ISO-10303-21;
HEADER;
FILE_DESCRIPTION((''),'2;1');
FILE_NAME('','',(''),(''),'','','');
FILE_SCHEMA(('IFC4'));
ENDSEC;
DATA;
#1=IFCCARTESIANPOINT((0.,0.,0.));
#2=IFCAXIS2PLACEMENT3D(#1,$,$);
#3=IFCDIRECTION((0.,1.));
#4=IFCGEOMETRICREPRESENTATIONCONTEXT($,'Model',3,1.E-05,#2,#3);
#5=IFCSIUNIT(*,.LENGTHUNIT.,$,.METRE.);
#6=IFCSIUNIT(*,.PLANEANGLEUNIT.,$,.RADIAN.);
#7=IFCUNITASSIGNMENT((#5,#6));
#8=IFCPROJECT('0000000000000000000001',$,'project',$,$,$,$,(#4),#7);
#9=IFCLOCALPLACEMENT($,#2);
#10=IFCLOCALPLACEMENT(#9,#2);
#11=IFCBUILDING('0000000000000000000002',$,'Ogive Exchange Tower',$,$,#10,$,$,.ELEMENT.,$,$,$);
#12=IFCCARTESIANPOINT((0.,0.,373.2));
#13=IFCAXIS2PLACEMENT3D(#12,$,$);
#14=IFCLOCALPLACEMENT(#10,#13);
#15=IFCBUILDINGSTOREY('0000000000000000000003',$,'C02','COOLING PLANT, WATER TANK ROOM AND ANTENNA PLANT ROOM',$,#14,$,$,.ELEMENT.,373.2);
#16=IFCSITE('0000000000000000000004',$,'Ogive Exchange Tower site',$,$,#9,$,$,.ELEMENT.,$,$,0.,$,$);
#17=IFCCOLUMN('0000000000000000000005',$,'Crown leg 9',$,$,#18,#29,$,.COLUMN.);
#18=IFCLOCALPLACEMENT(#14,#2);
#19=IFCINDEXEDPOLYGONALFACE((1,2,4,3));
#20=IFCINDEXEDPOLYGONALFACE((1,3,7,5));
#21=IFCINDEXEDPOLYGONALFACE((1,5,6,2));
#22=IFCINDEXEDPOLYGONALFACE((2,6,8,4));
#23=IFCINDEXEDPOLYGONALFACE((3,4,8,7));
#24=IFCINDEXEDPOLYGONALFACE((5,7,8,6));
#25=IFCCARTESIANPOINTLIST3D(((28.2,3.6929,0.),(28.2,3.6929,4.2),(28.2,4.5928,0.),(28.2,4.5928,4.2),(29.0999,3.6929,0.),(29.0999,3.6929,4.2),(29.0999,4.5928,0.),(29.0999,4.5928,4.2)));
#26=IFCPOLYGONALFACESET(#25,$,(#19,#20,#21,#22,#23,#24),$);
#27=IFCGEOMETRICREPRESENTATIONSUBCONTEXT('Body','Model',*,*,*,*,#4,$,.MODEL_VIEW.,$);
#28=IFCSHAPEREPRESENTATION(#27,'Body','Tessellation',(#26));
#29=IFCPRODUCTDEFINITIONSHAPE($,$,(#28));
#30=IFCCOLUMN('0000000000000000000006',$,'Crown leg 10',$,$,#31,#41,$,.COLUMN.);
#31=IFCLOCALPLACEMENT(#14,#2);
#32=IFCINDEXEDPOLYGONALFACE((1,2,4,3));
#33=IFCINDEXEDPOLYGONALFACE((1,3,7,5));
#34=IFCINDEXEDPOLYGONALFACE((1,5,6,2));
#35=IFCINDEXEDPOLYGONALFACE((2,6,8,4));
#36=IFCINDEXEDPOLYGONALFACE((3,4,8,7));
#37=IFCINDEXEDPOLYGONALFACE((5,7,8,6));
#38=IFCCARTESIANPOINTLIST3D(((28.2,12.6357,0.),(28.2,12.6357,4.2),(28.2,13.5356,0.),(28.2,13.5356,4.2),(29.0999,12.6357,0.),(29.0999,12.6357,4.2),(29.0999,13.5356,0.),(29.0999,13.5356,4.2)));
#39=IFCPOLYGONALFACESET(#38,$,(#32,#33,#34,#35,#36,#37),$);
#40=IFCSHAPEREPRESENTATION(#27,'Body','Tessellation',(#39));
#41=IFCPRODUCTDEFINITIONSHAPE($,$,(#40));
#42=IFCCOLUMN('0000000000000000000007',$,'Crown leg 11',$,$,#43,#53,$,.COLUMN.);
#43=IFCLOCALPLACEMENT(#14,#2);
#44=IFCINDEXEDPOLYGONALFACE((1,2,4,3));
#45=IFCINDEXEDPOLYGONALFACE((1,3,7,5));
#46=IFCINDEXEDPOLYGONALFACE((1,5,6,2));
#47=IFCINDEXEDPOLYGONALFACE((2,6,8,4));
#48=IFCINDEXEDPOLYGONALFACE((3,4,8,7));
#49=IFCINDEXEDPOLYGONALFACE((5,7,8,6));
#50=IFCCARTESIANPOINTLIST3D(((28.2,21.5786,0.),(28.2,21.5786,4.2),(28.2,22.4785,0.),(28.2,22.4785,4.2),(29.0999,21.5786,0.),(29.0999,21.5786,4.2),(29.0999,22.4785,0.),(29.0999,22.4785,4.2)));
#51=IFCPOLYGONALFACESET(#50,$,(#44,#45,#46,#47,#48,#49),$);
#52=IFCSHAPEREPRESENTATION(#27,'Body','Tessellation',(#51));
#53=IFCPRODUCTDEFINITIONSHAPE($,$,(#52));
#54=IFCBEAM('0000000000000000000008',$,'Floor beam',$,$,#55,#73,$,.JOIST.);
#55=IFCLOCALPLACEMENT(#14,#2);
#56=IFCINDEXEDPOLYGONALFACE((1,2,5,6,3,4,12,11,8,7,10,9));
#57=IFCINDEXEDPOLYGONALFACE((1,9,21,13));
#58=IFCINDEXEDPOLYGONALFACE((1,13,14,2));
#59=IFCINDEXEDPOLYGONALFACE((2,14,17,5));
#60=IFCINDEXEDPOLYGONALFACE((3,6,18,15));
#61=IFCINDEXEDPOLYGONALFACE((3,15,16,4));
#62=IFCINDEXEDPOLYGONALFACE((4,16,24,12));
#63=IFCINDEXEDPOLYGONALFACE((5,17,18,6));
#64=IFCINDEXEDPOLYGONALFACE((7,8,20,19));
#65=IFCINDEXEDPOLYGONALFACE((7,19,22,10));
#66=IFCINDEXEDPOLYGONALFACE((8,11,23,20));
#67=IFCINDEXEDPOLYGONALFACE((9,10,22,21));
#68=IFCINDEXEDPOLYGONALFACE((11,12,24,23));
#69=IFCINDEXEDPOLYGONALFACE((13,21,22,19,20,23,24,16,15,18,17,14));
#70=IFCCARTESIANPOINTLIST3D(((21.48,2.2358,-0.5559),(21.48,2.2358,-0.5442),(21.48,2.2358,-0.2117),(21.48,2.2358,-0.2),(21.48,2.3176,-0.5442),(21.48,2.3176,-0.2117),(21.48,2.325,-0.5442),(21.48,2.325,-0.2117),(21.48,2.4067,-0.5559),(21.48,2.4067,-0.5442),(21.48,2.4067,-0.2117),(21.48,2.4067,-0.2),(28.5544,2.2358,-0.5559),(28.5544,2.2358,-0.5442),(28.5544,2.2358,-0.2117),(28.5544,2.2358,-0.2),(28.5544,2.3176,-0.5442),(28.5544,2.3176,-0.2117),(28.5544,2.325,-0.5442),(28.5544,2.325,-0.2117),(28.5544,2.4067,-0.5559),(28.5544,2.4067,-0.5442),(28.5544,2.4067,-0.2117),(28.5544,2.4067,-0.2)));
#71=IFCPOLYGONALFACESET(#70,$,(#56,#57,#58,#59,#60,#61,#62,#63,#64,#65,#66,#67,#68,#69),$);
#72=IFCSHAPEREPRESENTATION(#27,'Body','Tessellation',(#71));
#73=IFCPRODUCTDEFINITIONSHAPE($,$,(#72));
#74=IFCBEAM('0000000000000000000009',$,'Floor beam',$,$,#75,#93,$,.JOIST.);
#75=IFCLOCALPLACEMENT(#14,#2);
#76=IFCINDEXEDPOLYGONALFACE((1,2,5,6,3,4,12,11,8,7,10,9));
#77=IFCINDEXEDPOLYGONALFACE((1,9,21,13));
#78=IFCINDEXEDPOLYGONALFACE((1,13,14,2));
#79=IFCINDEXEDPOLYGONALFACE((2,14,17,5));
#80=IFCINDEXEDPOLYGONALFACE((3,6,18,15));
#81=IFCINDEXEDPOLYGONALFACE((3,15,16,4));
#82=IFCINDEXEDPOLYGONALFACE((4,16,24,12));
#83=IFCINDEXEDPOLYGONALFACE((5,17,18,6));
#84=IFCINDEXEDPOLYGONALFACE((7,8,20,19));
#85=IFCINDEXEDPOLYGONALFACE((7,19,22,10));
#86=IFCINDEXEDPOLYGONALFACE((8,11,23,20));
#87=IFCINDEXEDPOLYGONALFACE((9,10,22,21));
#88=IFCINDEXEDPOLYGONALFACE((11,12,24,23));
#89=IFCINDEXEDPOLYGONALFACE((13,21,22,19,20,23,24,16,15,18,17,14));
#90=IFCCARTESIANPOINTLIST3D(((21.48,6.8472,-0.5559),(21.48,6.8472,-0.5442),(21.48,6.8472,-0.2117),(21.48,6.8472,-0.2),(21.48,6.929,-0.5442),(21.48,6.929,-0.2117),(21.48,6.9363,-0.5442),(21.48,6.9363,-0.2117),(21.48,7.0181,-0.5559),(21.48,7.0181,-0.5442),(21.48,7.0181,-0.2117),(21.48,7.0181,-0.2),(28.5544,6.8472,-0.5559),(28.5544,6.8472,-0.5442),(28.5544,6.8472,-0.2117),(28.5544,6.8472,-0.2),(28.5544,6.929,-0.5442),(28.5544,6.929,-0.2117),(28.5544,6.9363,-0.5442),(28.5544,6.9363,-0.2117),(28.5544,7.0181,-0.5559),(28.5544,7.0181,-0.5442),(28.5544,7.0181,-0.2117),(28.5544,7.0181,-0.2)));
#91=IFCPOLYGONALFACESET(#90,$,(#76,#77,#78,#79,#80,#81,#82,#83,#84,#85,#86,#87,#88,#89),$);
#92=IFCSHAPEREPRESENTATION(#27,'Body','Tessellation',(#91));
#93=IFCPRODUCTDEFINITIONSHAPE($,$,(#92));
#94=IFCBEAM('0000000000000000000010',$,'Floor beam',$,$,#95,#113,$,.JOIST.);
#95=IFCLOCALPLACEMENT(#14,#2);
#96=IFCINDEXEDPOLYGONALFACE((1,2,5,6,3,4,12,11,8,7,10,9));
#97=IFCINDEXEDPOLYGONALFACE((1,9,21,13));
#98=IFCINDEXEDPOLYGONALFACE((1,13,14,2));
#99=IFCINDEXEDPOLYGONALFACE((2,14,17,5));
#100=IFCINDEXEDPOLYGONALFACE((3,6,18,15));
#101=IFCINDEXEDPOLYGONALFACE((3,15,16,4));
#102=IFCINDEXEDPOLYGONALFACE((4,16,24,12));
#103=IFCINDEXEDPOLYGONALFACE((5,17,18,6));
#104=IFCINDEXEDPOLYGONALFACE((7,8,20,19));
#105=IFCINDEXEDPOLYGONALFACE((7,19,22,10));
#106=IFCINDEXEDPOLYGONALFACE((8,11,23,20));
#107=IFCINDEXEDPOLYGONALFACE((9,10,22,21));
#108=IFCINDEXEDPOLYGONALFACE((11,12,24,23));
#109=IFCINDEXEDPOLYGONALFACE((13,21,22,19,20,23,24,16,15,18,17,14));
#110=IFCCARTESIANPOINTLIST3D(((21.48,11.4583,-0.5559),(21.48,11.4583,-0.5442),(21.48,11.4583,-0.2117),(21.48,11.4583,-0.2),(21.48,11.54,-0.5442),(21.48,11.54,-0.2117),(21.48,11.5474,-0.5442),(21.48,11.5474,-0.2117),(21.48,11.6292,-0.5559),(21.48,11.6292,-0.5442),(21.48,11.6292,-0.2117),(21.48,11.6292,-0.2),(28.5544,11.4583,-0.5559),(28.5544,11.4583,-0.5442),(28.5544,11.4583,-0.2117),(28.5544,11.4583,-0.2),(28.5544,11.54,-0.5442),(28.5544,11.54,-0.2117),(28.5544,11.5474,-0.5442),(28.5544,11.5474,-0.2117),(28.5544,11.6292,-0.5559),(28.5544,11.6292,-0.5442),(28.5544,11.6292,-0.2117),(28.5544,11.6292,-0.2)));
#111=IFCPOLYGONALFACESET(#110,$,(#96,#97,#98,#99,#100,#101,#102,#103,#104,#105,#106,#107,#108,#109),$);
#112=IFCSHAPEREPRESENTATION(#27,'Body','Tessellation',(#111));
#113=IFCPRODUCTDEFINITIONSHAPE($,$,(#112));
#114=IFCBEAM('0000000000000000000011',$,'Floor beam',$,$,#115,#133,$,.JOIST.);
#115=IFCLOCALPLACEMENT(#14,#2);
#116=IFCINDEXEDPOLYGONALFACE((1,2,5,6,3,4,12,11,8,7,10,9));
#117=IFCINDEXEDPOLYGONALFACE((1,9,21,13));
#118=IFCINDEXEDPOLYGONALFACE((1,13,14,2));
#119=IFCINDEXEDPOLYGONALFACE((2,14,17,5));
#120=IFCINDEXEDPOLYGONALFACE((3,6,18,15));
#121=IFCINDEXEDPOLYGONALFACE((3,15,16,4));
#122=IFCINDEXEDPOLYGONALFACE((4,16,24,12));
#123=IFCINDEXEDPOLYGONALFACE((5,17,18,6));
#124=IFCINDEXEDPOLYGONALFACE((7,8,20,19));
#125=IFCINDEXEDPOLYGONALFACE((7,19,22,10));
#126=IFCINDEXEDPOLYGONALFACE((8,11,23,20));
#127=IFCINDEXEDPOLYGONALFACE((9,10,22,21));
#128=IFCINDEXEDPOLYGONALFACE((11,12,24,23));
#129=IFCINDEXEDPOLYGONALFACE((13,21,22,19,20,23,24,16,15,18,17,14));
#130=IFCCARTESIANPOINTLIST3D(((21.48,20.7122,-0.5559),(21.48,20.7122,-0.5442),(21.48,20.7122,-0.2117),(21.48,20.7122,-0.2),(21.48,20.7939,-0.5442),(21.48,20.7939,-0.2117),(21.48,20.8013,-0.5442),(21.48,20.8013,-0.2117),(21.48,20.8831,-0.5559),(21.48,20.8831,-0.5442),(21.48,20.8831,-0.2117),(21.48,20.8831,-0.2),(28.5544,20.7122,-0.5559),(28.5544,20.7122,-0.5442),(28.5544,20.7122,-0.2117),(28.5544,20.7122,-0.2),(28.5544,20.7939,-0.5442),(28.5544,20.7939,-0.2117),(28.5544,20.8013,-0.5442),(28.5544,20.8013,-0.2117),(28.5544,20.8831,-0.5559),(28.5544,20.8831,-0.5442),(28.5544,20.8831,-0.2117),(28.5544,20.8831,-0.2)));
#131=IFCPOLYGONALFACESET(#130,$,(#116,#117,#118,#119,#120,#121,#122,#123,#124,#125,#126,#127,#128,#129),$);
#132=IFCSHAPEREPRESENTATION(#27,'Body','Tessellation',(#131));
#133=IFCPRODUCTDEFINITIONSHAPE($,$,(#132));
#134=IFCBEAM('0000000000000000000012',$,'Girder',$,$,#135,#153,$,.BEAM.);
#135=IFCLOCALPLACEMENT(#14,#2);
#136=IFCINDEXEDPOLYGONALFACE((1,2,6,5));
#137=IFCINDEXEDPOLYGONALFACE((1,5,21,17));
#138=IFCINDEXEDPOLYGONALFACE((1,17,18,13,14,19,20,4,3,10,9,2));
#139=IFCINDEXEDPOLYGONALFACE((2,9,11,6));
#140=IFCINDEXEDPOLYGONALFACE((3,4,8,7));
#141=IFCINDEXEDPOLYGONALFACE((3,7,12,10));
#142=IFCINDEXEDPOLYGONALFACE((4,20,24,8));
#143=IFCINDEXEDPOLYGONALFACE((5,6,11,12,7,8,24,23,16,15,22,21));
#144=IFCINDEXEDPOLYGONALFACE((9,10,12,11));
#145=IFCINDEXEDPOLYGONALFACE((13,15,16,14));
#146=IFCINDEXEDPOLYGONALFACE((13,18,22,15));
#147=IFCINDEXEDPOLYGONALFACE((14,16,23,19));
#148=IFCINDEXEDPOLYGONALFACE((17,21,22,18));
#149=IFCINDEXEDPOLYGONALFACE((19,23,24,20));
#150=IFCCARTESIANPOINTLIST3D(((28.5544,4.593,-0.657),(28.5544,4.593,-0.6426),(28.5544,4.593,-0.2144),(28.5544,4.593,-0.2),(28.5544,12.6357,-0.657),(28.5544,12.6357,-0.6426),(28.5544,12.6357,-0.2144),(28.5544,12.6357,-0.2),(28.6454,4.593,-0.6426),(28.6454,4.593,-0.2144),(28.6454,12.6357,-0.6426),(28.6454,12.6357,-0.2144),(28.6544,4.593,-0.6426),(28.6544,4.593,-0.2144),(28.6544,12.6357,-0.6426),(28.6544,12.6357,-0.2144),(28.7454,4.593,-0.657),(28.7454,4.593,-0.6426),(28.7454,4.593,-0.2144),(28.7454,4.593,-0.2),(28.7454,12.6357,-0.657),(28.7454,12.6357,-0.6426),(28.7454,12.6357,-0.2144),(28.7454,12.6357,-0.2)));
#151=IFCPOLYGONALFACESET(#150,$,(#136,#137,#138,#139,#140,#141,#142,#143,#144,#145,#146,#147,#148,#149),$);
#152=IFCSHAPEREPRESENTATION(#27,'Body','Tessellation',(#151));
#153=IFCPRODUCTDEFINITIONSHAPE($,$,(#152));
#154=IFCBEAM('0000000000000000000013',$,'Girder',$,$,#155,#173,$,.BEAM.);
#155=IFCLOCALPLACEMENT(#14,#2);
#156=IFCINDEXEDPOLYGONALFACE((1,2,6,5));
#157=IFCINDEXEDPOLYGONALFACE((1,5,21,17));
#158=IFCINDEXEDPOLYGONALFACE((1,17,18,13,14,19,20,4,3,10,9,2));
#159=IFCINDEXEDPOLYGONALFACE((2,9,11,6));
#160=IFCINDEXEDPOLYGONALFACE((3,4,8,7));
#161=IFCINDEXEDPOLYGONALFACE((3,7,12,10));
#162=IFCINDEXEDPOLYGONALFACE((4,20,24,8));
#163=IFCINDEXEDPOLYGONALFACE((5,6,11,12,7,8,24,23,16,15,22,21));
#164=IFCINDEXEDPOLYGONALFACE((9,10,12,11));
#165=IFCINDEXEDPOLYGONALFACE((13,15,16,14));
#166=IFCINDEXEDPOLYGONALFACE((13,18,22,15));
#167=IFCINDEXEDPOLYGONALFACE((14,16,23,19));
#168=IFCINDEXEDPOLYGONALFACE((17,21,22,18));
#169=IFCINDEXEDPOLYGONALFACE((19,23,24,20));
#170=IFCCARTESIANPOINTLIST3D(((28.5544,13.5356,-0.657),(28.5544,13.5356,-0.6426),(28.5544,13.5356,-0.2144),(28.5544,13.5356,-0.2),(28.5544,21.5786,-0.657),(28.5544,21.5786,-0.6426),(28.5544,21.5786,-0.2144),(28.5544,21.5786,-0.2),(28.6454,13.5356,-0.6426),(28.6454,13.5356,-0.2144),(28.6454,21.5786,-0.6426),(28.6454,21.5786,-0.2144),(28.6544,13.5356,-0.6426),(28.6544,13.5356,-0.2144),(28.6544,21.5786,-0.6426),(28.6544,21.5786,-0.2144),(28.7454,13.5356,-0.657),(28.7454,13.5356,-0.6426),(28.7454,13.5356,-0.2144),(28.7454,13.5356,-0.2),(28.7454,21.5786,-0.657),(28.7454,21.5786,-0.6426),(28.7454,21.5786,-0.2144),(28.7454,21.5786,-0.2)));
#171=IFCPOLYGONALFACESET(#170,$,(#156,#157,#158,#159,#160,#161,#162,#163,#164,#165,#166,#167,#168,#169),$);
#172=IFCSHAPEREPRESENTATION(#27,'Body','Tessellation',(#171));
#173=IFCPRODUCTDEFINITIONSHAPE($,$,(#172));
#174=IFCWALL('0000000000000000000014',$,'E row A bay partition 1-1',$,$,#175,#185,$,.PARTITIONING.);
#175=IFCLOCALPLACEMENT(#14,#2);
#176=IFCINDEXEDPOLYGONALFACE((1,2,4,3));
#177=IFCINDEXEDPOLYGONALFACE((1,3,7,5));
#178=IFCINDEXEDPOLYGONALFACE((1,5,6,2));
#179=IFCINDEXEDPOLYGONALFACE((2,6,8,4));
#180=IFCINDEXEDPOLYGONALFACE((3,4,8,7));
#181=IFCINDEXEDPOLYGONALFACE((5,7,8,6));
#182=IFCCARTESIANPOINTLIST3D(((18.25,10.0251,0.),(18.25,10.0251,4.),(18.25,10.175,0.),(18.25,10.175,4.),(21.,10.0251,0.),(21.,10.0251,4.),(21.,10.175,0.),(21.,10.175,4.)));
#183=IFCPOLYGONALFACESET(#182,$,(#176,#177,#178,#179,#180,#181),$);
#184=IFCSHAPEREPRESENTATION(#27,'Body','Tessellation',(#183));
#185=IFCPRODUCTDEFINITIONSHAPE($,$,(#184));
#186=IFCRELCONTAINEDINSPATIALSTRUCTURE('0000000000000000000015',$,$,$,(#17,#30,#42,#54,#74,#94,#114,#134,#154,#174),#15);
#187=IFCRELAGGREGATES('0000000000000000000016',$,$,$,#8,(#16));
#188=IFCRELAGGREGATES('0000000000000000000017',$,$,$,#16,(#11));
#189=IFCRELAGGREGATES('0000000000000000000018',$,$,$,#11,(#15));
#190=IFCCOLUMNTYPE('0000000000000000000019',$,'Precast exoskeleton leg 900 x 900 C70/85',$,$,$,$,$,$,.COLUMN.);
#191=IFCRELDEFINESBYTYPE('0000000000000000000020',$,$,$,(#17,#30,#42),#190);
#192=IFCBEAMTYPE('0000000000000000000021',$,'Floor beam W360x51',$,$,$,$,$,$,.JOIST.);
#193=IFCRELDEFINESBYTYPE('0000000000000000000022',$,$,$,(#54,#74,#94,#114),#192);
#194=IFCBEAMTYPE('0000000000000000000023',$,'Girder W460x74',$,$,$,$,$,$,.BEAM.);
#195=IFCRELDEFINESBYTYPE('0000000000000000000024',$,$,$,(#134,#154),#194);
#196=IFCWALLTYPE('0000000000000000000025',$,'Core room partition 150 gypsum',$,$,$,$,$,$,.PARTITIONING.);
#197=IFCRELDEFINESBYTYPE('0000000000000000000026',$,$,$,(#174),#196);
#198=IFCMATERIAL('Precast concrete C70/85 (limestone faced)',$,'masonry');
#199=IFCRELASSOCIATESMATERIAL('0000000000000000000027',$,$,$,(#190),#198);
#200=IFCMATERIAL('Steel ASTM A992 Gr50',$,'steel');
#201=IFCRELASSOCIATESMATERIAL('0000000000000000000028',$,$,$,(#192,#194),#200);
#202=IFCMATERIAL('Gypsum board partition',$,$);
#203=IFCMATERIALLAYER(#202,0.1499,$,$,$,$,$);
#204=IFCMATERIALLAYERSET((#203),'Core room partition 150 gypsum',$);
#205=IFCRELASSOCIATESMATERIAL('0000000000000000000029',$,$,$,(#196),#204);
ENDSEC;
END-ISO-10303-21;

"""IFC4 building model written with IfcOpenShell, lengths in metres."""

from ifc_helpers import new_model, si_unit, direction, frame, frame_2d, origin, origin_2d, place, context, subcontext, project, spatial, rectangle, i_section, extrude, material, layer, layer_set, material_profile, profile_set, type_object, element, save


model = new_model("IFC4")

# Units and contexts
model_context = context("Model", 3, precision=1e-05, world=origin(), true_north=direction((0.0, 1.0)))
body_context = subcontext(model_context, "Body", "Model", "MODEL_VIEW")
ifc_project = project(units=[si_unit("LENGTHUNIT", "METRE"), si_unit("PLANEANGLEUNIT", "RADIAN")], contexts=[model_context])

# Site, building, storey
site_placement = place(None, origin())
site = spatial("IfcSite", under=ifc_project, at=site_placement, Name="Ogive Exchange Tower site", CompositionType="ELEMENT", RefElevation=0.0)
building_placement = place(site_placement, origin())
building = spatial("IfcBuilding", under=site, at=building_placement, Name="Ogive Exchange Tower", CompositionType="ELEMENT")
storey_placement = place(building_placement, frame((0.0, 0.0, 373.2)))
storey = spatial("IfcBuildingStorey", under=building, at=storey_placement, Name="C02", Description="COOLING PLANT, WATER TANK ROOM AND ANTENNA PLANT ROOM", CompositionType="ELEMENT", Elevation=373.2)

# Columns
ifc_material_1 = material(Name="Precast concrete C70/85 (limestone faced)", Category="masonry")
ifc_material_profile_1 = material_profile(ifc_material_1, rectangle(XDim=0.8999, YDim=0.8999, at=origin_2d()), Name="900 x 900")
ifc_profile_set_1 = profile_set([ifc_material_profile_1], Name="Precast concrete C70/85 (limestone faced)")
column_type = type_object("IfcColumnType", Name="Precast exoskeleton leg 900 x 900 C70/85", PredefinedType="COLUMN", material=ifc_profile_set_1)
for number, where, z_axis, x_axis, name in (
    (1, (28.6499, 4.1428, 0.0), (0.0, 0.0, 1.0), (1.0, 0.0, 0.0), "Crown leg 9"),
    (2, (28.6499, 13.0857, 0.0), (0.0, 0.0, 1.0), (1.0, 0.0, 0.0), "Crown leg 10"),
    (3, (28.6499, 22.0286, 0.0), (0.0, 0.0, 1.0), (1.0, 0.0, 0.0), "Crown leg 11"),
):
    element("IfcColumn", number, at=place(storey_placement, frame(where, z_axis=z_axis, x_axis=x_axis)), inside=storey, type_object=column_type, Name=name, PredefinedType="COLUMN", context=body_context, shape_type="SweptSolid", body=[
        extrude(rectangle(XDim=0.8999, YDim=0.8999, at=origin_2d()), origin(), (0.0, 0.0, 1.0), 4.2),
    ])

# Beams
ifc_material_2 = material(Name="Steel ASTM A992 Gr50", Category="steel")
ifc_material_profile_2 = material_profile(ifc_material_2, i_section(OverallWidth=0.1709, OverallDepth=0.356, WebThickness=0.0073, FlangeThickness=0.0117, at=origin_2d()), Name="W360x51")
ifc_profile_set_2 = profile_set([ifc_material_profile_2], Name="Steel ASTM A992 Gr50")
beam_type_1 = type_object("IfcBeamType", Name="Floor beam W360x51", PredefinedType="JOIST", material=ifc_profile_set_2)
for number, where, z_axis, x_axis, name in (
    (4, (21.48, 2.3213, -0.3779), (1.0, 0.0, 0.0), (0.0, 1.0, 0.0), "Floor beam"),
    (5, (21.48, 6.9326, -0.3779), (1.0, 0.0, 0.0), (0.0, 1.0, 0.0), "Floor beam"),
    (6, (21.48, 11.5437, -0.3779), (1.0, 0.0, 0.0), (0.0, 1.0, 0.0), "Floor beam"),
    (7, (21.48, 20.7976, -0.3779), (1.0, 0.0, 0.0), (0.0, 1.0, 0.0), "Floor beam"),
):
    element("IfcBeam", number, at=place(storey_placement, frame(where, z_axis=z_axis, x_axis=x_axis)), inside=storey, type_object=beam_type_1, Name=name, PredefinedType="JOIST", context=body_context, shape_type="SweptSolid", body=[
        extrude(i_section(OverallWidth=0.1709, OverallDepth=0.356, WebThickness=0.0073, FlangeThickness=0.0117, at=origin_2d()), origin(), (0.0, 0.0, 1.0), 7.0745),
    ])
ifc_material_profile_3 = material_profile(ifc_material_2, i_section(OverallWidth=0.1909, OverallDepth=0.457, WebThickness=0.009, FlangeThickness=0.0144, at=origin_2d()), Name="W460x74")
ifc_profile_set_3 = profile_set([ifc_material_profile_3], Name="Steel ASTM A992 Gr50")
beam_type_2 = type_object("IfcBeamType", Name="Girder W460x74", PredefinedType="BEAM", material=ifc_profile_set_3)
beam_1_placement = place(storey_placement, frame((28.6499, 4.593, -0.4285), z_axis=(0.0, 1.0, 0.0), x_axis=(-1.0, 0.0, 0.0)))
element("IfcBeam", 8, at=beam_1_placement, inside=storey, type_object=beam_type_2, Name="Girder", PredefinedType="BEAM", context=body_context, shape_type="SweptSolid", body=[
    extrude(i_section(OverallWidth=0.1909, OverallDepth=0.457, WebThickness=0.009, FlangeThickness=0.0144, at=origin_2d()), origin(), (0.0, 0.0, 1.0), 8.0427),
])
beam_2_placement = place(storey_placement, frame((28.6499, 13.5356, -0.4285), z_axis=(0.0, 1.0, 0.0), x_axis=(-1.0, 0.0, 0.0)))
element("IfcBeam", 9, at=beam_2_placement, inside=storey, type_object=beam_type_2, Name="Girder", PredefinedType="BEAM", context=body_context, shape_type="SweptSolid", body=[
    extrude(i_section(OverallWidth=0.1909, OverallDepth=0.457, WebThickness=0.009, FlangeThickness=0.0144, at=origin_2d()), origin(), (0.0, 0.0, 1.0), 8.043),
])

# Wall
ifc_material_3 = material(Name="Gypsum board partition")
ifc_layer_1 = layer(ifc_material_3, 0.1499)
ifc_layer_set_1 = layer_set([ifc_layer_1], Name="Core room partition 150 gypsum")
wall_type_1 = type_object("IfcWallType", Name="Core room partition 150 gypsum", PredefinedType="PARTITIONING", material=ifc_layer_set_1)
wall_1_placement = place(storey_placement, frame((18.25, 10.1001, 0.0), z_axis=(0.0, 0.0, 1.0), x_axis=(1.0, 0.0, 0.0)))
element("IfcWall", 10, at=wall_1_placement, inside=storey, type_object=wall_type_1, Name="E row A bay partition 1-1", PredefinedType="PARTITIONING", context=body_context, shape_type="SweptSolid", body=[
    extrude(rectangle(XDim=2.75, YDim=0.1499, at=frame_2d((1.375, 0.0))), origin(), (0.0, 0.0, 1.0), 4.0),
])

save(model, "model.ifc")
